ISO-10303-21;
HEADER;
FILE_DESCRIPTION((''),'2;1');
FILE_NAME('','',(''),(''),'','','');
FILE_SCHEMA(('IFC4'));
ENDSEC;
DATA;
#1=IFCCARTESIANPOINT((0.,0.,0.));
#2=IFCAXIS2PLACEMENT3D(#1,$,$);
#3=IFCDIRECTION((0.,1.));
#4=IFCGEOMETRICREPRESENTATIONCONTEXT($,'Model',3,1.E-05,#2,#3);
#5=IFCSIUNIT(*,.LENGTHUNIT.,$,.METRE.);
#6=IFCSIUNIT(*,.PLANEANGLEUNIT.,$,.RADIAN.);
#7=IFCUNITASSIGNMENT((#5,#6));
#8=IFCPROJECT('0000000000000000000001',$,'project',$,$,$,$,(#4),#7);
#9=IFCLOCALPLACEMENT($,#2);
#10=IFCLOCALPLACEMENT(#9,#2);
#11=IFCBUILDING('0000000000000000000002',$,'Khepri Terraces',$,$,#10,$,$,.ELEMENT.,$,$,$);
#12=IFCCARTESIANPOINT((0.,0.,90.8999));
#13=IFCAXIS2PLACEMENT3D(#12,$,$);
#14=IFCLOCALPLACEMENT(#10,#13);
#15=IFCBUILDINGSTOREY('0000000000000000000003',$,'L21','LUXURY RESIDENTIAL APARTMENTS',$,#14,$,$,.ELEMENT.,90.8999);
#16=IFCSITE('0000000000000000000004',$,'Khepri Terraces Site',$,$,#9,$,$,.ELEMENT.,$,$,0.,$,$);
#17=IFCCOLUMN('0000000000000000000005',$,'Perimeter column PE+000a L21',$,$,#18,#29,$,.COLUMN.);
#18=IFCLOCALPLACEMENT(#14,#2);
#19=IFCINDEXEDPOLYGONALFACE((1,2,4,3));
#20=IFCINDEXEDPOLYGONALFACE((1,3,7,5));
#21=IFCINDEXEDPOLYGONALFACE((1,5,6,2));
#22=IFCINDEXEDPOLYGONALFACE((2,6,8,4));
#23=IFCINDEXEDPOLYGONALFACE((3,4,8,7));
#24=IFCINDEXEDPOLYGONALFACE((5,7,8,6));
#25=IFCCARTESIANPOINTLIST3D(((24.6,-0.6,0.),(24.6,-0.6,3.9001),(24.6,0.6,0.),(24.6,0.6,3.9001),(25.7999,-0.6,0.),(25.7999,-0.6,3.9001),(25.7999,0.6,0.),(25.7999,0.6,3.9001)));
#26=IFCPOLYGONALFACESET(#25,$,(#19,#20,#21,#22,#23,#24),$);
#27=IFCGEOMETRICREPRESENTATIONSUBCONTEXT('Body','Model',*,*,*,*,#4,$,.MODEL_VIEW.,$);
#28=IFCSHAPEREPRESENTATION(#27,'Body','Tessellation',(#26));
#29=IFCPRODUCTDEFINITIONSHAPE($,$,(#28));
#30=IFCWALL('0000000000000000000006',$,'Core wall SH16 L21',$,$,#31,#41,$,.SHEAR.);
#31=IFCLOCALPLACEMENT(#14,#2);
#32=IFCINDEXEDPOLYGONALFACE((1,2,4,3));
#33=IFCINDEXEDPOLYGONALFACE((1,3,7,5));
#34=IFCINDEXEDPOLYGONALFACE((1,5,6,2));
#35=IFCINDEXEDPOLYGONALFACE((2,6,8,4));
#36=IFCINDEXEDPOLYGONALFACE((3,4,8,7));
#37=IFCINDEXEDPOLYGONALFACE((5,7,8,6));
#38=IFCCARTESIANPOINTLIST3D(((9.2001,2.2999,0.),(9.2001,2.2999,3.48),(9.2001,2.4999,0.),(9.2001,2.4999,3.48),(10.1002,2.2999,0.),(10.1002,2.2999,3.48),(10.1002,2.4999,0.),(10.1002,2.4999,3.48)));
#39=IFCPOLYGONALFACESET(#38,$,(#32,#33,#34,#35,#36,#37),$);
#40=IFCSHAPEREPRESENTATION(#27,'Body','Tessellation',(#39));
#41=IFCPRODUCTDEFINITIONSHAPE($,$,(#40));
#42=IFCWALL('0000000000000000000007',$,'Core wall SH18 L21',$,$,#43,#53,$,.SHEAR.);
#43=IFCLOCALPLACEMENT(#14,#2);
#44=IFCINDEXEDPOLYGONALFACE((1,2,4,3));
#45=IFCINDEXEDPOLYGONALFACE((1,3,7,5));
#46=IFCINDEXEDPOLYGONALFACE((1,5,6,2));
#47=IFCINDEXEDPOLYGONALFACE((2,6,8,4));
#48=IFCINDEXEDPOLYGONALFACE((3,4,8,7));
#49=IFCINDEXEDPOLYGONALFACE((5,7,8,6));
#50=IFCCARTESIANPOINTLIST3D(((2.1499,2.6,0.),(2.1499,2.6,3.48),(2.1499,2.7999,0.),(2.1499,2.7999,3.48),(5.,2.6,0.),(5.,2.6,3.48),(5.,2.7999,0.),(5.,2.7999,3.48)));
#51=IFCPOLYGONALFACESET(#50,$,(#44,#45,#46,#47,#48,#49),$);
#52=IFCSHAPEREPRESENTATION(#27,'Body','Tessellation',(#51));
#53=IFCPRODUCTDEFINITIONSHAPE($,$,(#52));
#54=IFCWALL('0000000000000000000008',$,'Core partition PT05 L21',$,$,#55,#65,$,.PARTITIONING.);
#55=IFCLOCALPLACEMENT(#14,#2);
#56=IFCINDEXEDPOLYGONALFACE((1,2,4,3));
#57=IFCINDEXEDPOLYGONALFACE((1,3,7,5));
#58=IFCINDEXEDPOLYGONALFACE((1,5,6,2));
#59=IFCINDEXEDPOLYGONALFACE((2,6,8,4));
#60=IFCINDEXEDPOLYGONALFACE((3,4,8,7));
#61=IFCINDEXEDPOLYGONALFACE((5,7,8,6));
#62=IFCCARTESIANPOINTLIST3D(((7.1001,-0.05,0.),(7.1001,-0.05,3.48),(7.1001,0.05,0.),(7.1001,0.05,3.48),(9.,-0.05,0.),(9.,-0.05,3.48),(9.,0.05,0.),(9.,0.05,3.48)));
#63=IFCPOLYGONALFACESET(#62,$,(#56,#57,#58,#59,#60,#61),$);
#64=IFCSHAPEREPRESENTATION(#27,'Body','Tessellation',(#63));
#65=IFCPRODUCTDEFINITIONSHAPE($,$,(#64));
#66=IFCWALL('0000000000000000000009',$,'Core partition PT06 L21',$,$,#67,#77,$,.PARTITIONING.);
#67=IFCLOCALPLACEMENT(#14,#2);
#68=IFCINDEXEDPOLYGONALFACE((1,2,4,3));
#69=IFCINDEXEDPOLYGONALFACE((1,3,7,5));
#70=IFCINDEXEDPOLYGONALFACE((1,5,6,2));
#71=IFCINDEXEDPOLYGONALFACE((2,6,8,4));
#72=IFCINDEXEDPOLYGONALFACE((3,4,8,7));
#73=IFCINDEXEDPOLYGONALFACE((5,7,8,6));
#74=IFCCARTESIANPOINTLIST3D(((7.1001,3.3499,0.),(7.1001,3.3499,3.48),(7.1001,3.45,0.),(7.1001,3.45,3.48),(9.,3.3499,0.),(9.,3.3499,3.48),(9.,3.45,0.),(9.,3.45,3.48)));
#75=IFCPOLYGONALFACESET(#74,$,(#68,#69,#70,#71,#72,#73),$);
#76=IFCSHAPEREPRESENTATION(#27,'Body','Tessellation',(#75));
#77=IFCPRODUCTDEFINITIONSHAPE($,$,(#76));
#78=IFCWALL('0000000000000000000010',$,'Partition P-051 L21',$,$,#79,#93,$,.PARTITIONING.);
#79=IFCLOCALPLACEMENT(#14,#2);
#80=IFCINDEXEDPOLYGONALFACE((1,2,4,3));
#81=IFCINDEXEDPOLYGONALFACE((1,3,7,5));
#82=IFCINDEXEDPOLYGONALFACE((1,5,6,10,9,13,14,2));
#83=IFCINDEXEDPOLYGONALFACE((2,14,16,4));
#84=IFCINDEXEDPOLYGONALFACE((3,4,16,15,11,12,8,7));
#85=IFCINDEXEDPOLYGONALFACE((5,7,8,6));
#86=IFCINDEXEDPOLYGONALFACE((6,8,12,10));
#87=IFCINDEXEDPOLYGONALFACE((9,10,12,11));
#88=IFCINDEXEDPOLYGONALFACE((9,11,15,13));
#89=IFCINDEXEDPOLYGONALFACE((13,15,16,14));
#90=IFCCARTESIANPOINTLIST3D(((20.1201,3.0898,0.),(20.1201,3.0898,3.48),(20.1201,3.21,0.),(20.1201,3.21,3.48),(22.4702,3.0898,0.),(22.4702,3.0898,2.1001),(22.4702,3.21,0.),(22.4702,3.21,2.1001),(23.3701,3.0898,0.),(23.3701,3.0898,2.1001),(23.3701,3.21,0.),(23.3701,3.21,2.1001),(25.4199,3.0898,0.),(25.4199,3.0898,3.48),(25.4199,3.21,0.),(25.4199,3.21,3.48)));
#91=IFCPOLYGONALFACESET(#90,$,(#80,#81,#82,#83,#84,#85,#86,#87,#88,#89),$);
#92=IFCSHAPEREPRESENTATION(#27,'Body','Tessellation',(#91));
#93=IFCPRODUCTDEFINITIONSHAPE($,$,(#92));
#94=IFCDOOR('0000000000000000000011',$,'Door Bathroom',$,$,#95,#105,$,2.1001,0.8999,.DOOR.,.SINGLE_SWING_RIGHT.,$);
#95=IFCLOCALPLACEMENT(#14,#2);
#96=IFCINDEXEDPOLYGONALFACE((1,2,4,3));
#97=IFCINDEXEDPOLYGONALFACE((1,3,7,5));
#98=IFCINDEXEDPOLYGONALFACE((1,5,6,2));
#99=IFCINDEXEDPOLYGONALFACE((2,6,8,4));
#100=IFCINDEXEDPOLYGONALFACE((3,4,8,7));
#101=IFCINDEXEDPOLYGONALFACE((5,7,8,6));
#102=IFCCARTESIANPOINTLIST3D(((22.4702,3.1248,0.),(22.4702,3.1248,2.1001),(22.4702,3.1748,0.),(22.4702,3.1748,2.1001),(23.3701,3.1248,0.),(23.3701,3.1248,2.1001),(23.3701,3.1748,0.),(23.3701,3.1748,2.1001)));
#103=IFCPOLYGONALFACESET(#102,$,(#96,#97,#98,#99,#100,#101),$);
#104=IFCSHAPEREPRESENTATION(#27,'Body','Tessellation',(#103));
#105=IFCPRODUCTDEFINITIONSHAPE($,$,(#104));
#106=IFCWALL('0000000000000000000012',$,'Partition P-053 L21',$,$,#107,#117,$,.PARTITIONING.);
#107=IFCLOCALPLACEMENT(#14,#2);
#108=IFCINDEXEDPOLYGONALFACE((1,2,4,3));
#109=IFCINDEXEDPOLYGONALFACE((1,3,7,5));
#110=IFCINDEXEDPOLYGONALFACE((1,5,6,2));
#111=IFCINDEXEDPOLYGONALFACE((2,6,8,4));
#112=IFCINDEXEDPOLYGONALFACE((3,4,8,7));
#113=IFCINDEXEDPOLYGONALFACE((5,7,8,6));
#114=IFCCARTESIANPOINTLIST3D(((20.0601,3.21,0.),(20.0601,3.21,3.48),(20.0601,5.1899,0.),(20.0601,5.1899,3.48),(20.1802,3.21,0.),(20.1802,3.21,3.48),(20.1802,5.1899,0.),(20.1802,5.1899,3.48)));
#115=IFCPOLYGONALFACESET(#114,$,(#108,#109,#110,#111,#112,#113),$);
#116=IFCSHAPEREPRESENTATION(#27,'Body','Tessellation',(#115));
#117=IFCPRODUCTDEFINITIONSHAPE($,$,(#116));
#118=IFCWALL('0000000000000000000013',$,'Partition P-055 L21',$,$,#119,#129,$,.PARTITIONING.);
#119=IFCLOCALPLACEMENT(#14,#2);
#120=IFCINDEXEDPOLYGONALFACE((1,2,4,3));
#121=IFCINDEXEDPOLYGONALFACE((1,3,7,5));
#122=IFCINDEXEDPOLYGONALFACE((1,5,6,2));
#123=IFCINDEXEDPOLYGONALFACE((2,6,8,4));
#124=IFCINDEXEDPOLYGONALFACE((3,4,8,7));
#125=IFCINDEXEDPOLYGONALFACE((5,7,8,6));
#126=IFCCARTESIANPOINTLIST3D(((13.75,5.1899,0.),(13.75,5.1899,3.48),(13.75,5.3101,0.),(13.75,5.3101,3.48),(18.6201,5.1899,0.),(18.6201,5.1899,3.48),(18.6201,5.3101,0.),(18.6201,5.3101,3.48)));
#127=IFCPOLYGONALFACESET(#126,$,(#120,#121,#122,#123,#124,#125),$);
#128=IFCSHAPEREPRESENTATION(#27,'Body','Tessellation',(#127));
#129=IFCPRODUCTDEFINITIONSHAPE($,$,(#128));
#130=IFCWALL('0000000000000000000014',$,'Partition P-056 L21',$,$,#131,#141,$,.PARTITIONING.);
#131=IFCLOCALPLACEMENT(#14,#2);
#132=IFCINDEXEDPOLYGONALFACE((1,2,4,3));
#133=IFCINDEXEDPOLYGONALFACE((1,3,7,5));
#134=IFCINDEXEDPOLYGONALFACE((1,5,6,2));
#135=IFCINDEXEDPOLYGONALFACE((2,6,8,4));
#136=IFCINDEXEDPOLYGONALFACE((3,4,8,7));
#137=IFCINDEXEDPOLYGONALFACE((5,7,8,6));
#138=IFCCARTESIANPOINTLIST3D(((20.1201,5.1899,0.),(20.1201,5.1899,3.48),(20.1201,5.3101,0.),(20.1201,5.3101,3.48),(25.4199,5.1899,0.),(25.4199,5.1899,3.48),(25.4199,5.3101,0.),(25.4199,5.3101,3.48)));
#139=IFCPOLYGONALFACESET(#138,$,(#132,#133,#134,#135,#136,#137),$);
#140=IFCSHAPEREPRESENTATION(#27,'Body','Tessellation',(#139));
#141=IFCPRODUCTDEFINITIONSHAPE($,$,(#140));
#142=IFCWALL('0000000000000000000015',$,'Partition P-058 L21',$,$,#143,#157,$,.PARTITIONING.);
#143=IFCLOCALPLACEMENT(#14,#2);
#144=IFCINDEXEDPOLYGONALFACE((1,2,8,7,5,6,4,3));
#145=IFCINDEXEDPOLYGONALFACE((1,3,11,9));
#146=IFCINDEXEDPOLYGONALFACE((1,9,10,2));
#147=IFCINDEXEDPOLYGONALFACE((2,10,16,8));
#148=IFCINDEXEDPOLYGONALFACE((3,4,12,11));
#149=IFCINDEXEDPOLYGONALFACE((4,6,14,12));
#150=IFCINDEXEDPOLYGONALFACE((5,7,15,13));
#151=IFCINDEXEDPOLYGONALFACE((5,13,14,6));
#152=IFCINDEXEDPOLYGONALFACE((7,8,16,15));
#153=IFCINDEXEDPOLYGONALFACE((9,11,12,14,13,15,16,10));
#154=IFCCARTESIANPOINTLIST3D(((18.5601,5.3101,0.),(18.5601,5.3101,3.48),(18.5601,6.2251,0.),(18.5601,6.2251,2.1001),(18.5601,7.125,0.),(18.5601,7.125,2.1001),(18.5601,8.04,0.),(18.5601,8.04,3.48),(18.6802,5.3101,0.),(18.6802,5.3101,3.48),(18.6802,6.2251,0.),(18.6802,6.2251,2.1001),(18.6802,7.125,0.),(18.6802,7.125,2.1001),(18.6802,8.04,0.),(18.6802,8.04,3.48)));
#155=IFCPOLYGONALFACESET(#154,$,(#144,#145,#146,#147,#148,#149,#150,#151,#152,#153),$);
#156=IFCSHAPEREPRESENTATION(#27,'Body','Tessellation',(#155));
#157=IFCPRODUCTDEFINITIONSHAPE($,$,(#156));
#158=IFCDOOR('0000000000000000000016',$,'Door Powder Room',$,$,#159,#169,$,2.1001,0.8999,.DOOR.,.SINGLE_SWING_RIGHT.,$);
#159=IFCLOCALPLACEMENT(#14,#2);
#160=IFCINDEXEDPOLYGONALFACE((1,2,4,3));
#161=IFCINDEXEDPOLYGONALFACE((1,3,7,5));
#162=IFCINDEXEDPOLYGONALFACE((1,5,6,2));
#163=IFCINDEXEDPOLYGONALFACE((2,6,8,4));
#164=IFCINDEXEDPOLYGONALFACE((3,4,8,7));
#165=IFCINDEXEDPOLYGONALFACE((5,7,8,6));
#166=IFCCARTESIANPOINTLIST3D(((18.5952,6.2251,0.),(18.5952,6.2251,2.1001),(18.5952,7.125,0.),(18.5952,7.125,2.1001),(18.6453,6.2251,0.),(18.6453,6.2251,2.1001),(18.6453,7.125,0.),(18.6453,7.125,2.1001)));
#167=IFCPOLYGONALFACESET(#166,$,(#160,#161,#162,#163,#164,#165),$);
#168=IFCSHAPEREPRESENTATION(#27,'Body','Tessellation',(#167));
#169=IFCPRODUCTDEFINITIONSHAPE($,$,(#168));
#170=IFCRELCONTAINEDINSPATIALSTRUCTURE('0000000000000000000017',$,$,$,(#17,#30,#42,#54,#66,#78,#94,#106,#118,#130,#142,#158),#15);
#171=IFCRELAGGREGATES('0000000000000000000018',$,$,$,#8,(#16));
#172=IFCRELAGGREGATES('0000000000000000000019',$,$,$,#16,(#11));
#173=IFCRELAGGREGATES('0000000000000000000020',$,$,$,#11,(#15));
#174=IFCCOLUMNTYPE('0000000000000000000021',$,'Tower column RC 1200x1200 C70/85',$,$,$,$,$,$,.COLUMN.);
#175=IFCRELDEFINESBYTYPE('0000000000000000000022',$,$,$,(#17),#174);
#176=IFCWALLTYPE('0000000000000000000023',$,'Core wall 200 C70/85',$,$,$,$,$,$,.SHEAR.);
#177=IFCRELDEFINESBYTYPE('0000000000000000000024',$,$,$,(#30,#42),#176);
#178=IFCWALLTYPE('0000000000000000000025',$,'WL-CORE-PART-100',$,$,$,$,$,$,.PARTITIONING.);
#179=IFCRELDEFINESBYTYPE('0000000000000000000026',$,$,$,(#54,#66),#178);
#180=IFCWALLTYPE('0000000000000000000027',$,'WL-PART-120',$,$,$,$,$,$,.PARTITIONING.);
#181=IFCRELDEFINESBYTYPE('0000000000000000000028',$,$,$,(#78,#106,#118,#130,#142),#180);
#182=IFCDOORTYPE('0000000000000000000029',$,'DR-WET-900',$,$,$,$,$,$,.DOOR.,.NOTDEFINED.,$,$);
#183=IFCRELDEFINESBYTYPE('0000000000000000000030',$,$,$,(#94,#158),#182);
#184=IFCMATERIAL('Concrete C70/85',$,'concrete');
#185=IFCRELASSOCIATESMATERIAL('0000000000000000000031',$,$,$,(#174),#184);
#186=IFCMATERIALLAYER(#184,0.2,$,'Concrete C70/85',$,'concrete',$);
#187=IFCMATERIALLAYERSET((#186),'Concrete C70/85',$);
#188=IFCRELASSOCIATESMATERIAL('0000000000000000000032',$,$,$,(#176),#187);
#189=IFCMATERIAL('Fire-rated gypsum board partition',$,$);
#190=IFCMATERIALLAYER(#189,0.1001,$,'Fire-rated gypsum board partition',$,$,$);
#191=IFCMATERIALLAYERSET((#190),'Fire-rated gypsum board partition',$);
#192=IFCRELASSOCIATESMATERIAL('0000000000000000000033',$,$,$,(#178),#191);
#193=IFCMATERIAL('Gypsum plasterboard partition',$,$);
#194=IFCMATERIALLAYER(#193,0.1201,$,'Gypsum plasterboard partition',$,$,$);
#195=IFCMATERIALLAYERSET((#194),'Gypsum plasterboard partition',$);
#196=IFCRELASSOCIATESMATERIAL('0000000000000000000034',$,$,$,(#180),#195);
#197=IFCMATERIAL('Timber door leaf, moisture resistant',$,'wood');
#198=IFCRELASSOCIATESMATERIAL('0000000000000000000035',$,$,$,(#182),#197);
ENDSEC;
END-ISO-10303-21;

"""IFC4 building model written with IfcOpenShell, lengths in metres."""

from ifc_helpers import new_model, si_unit, direction, frame, frame_2d, origin, origin_2d, place, context, subcontext, project, spatial, rectangle, extrude, material, layer, layer_set, material_profile, profile_set, type_object, element, fill, save


model = new_model("IFC4")

# Units and contexts
model_context = context("Model", 3, precision=1e-05, world=origin(), true_north=direction((0.0, 1.0)))
body_context = subcontext(model_context, "Body", "Model", "MODEL_VIEW")
ifc_project = project(units=[si_unit("LENGTHUNIT", "METRE"), si_unit("PLANEANGLEUNIT", "RADIAN")], contexts=[model_context])

# Site, building, storey
site_placement = place(None, origin())
site = spatial("IfcSite", under=ifc_project, at=site_placement, Name="Khepri Terraces Site", CompositionType="ELEMENT", RefElevation=0.0)
building_placement = place(site_placement, origin())
building = spatial("IfcBuilding", under=site, at=building_placement, Name="Khepri Terraces", CompositionType="ELEMENT")
storey_placement = place(building_placement, frame((0.0, 0.0, 90.8999)))
storey = spatial("IfcBuildingStorey", under=building, at=storey_placement, Name="L21", Description="LUXURY RESIDENTIAL APARTMENTS", CompositionType="ELEMENT", Elevation=90.8999)

# Column
ifc_material_1 = material(Name="Concrete C70/85", Category="concrete")
ifc_material_profile = material_profile(ifc_material_1, rectangle(XDim=1.2, YDim=1.2, at=origin_2d()), Name="Concrete C70/85", Category="concrete")
ifc_profile_set = profile_set([ifc_material_profile], Name="Concrete C70/85")
column_type = type_object("IfcColumnType", Name="Tower column RC 1200x1200 C70/85", PredefinedType="COLUMN", material=ifc_profile_set)
column_placement = place(storey_placement, frame((25.2, 0.0, 0.0), z_axis=(0.0, 0.0, 1.0), x_axis=(1.0, 0.0, 0.0)))
element("IfcColumn", 1, at=column_placement, inside=storey, type_object=column_type, Name="Perimeter column PE+000a L21", PredefinedType="COLUMN", context=body_context, shape_type="SweptSolid", body=[
    extrude(rectangle(XDim=1.2, YDim=1.2, at=origin_2d()), origin(), (0.0, 0.0, 1.0), 3.9001),
])

# Walls
ifc_layer_1 = layer(ifc_material_1, 0.2, Name="Concrete C70/85", Category="concrete")
ifc_layer_set_1 = layer_set([ifc_layer_1], Name="Concrete C70/85")
wall_type_1 = type_object("IfcWallType", Name="Core wall 200 C70/85", PredefinedType="SHEAR", material=ifc_layer_set_1)
wall_1_placement = place(storey_placement, frame((9.2, 2.3999, 0.0), z_axis=(0.0, 0.0, 1.0), x_axis=(1.0, 0.0, 0.0)))
element("IfcWall", 2, at=wall_1_placement, inside=storey, type_object=wall_type_1, Name="Core wall SH16 L21", PredefinedType="SHEAR", context=body_context, shape_type="SweptSolid", body=[
    extrude(rectangle(XDim=0.9001, YDim=0.2, at=frame_2d((0.4502, 0.0))), origin(), (0.0, 0.0, 1.0), 3.48),
])
wall_2_placement = place(storey_placement, frame((2.1499, 2.7, 0.0), z_axis=(0.0, 0.0, 1.0), x_axis=(1.0, 0.0, 0.0)))
element("IfcWall", 3, at=wall_2_placement, inside=storey, type_object=wall_type_1, Name="Core wall SH18 L21", PredefinedType="SHEAR", context=body_context, shape_type="SweptSolid", body=[
    extrude(rectangle(XDim=2.8501, YDim=0.2, at=frame_2d((1.425, 0.0))), origin(), (0.0, 0.0, 1.0), 3.48),
])
ifc_material_2 = material(Name="Fire-rated gypsum board partition")
ifc_layer_2 = layer(ifc_material_2, 0.1001, Name="Fire-rated gypsum board partition")
ifc_layer_set_2 = layer_set([ifc_layer_2], Name="Fire-rated gypsum board partition")
wall_type_2 = type_object("IfcWallType", Name="WL-CORE-PART-100", PredefinedType="PARTITIONING", material=ifc_layer_set_2)
for number, where, z_axis, x_axis, name in (
    (4, (7.1001, 0.0, 0.0), (0.0, 0.0, 1.0), (1.0, 0.0, 0.0), "Core partition PT05 L21"),
    (5, (7.1001, 3.3999, 0.0), (0.0, 0.0, 1.0), (1.0, 0.0, 0.0), "Core partition PT06 L21"),
):
    element("IfcWall", number, at=place(storey_placement, frame(where, z_axis=z_axis, x_axis=x_axis)), inside=storey, type_object=wall_type_2, Name=name, PredefinedType="PARTITIONING", context=body_context, shape_type="SweptSolid", body=[
        extrude(rectangle(XDim=1.8999, YDim=0.1001, at=frame_2d((0.95, 0.0))), origin(), (0.0, 0.0, 1.0), 3.48),
    ])

# Wall, opening, door
ifc_material_3 = material(Name="Gypsum plasterboard partition")
ifc_layer_3 = layer(ifc_material_3, 0.1201, Name="Gypsum plasterboard partition")
ifc_layer_set_3 = layer_set([ifc_layer_3], Name="Gypsum plasterboard partition")
wall_type_3 = type_object("IfcWallType", Name="WL-PART-120", PredefinedType="PARTITIONING", material=ifc_layer_set_3)
wall_3_placement = place(storey_placement, frame((20.1201, 3.1499, 0.0), z_axis=(0.0, 0.0, 1.0), x_axis=(1.0, 0.0, 0.0)))
wall_3 = element("IfcWall", 6, at=wall_3_placement, inside=storey, type_object=wall_type_3, Name="Partition P-051 L21", PredefinedType="PARTITIONING", context=body_context, shape_type="SweptSolid", body=[
    extrude(rectangle(XDim=5.2998, YDim=0.1201, at=frame_2d((2.6499, 0.0))), origin(), (0.0, 0.0, 1.0), 3.48),
])
opening_1_placement = place(wall_3_placement, frame((2.3501, 0.0, 0.0)))
opening_1 = element("IfcOpeningElement", 7, at=opening_1_placement, cuts=wall_3, PredefinedType="OPENING", context=body_context, shape_type="SweptSolid", body=[
    extrude(rectangle(XDim=0.8999, YDim=2.1001, at=frame_2d((0.45, 1.05))), frame((0.0, 0.0701, 0.0), z_axis=(0.0, -1.0, 0.0), x_axis=(1.0, 0.0, 0.0)), (0.0, 0.0, 1.0), 0.1401),
])
ifc_material_4 = material(Name="Timber door leaf, moisture resistant", Category="wood")
door_type_1 = type_object("IfcDoorType", Name="DR-WET-900", OperationType="NOTDEFINED", PredefinedType="DOOR", material=ifc_material_4)
door_1_placement = place(opening_1_placement, origin())
door_1 = element("IfcDoor", 8, at=door_1_placement, inside=storey, type_object=door_type_1, Name="Door Bathroom", OperationType="SINGLE_SWING_RIGHT", OverallHeight=2.1001, OverallWidth=0.8999, PredefinedType="DOOR", context=body_context, shape_type="SweptSolid", body=[
    extrude(rectangle(XDim=0.8999, YDim=2.1001, at=frame_2d((0.45, 1.05))), frame((0.0, 0.0249, 0.0), z_axis=(0.0, -1.0, 0.0), x_axis=(1.0, 0.0, 0.0)), (0.0, 0.0, 1.0), 0.05),
])
fill(opening_1, door_1)

# Walls
wall_4_placement = place(storey_placement, frame((20.1201, 3.21, 0.0), z_axis=(0.0, 0.0, 1.0), x_axis=(0.0, 1.0, 0.0)))
element("IfcWall", 9, at=wall_4_placement, inside=storey, type_object=wall_type_3, Name="Partition P-053 L21", PredefinedType="PARTITIONING", context=body_context, shape_type="SweptSolid", body=[
    extrude(rectangle(XDim=1.98, YDim=0.1201, at=frame_2d((0.99, 0.0))), origin(), (0.0, 0.0, 1.0), 3.48),
])
wall_5_placement = place(storey_placement, frame((13.75, 5.25, 0.0), z_axis=(0.0, 0.0, 1.0), x_axis=(1.0, 0.0, 0.0)))
element("IfcWall", 10, at=wall_5_placement, inside=storey, type_object=wall_type_3, Name="Partition P-055 L21", PredefinedType="PARTITIONING", context=body_context, shape_type="SweptSolid", body=[
    extrude(rectangle(XDim=4.8701, YDim=0.1201, at=frame_2d((2.4351, 0.0))), origin(), (0.0, 0.0, 1.0), 3.48),
])
wall_6_placement = place(storey_placement, frame((20.1201, 5.25, 0.0), z_axis=(0.0, 0.0, 1.0), x_axis=(1.0, 0.0, 0.0)))
element("IfcWall", 11, at=wall_6_placement, inside=storey, type_object=wall_type_3, Name="Partition P-056 L21", PredefinedType="PARTITIONING", context=body_context, shape_type="SweptSolid", body=[
    extrude(rectangle(XDim=5.2998, YDim=0.1201, at=frame_2d((2.6499, 0.0))), origin(), (0.0, 0.0, 1.0), 3.48),
])

# Wall, opening, door
wall_7_placement = place(storey_placement, frame((18.6201, 5.3101, 0.0), z_axis=(0.0, 0.0, 1.0), x_axis=(0.0, 1.0, 0.0)))
wall_7 = element("IfcWall", 12, at=wall_7_placement, inside=storey, type_object=wall_type_3, Name="Partition P-058 L21", PredefinedType="PARTITIONING", context=body_context, shape_type="SweptSolid", body=[
    extrude(rectangle(XDim=2.73, YDim=0.1201, at=frame_2d((1.365, 0.0))), origin(), (0.0, 0.0, 1.0), 3.48),
])
opening_2_placement = place(wall_7_placement, frame((0.915, 0.0, 0.0)))
opening_2 = element("IfcOpeningElement", 13, at=opening_2_placement, cuts=wall_7, PredefinedType="OPENING", context=body_context, shape_type="SweptSolid", body=[
    extrude(rectangle(XDim=0.8999, YDim=2.1001, at=frame_2d((0.45, 1.05))), frame((0.0, 0.0701, 0.0), z_axis=(0.0, -1.0, 0.0), x_axis=(1.0, 0.0, 0.0)), (0.0, 0.0, 1.0), 0.1401),
])
door_2_placement = place(opening_2_placement, origin())
door_2 = element("IfcDoor", 14, at=door_2_placement, inside=storey, type_object=door_type_1, Name="Door Powder Room", OperationType="SINGLE_SWING_RIGHT", OverallHeight=2.1001, OverallWidth=0.8999, PredefinedType="DOOR", context=body_context, shape_type="SweptSolid", body=[
    extrude(rectangle(XDim=0.8999, YDim=2.1001, at=frame_2d((0.45, 1.05))), frame((0.0, 0.0249, 0.0), z_axis=(0.0, -1.0, 0.0), x_axis=(1.0, 0.0, 0.0)), (0.0, 0.0, 1.0), 0.05),
])
fill(opening_2, door_2)

save(model, "model.ifc")
